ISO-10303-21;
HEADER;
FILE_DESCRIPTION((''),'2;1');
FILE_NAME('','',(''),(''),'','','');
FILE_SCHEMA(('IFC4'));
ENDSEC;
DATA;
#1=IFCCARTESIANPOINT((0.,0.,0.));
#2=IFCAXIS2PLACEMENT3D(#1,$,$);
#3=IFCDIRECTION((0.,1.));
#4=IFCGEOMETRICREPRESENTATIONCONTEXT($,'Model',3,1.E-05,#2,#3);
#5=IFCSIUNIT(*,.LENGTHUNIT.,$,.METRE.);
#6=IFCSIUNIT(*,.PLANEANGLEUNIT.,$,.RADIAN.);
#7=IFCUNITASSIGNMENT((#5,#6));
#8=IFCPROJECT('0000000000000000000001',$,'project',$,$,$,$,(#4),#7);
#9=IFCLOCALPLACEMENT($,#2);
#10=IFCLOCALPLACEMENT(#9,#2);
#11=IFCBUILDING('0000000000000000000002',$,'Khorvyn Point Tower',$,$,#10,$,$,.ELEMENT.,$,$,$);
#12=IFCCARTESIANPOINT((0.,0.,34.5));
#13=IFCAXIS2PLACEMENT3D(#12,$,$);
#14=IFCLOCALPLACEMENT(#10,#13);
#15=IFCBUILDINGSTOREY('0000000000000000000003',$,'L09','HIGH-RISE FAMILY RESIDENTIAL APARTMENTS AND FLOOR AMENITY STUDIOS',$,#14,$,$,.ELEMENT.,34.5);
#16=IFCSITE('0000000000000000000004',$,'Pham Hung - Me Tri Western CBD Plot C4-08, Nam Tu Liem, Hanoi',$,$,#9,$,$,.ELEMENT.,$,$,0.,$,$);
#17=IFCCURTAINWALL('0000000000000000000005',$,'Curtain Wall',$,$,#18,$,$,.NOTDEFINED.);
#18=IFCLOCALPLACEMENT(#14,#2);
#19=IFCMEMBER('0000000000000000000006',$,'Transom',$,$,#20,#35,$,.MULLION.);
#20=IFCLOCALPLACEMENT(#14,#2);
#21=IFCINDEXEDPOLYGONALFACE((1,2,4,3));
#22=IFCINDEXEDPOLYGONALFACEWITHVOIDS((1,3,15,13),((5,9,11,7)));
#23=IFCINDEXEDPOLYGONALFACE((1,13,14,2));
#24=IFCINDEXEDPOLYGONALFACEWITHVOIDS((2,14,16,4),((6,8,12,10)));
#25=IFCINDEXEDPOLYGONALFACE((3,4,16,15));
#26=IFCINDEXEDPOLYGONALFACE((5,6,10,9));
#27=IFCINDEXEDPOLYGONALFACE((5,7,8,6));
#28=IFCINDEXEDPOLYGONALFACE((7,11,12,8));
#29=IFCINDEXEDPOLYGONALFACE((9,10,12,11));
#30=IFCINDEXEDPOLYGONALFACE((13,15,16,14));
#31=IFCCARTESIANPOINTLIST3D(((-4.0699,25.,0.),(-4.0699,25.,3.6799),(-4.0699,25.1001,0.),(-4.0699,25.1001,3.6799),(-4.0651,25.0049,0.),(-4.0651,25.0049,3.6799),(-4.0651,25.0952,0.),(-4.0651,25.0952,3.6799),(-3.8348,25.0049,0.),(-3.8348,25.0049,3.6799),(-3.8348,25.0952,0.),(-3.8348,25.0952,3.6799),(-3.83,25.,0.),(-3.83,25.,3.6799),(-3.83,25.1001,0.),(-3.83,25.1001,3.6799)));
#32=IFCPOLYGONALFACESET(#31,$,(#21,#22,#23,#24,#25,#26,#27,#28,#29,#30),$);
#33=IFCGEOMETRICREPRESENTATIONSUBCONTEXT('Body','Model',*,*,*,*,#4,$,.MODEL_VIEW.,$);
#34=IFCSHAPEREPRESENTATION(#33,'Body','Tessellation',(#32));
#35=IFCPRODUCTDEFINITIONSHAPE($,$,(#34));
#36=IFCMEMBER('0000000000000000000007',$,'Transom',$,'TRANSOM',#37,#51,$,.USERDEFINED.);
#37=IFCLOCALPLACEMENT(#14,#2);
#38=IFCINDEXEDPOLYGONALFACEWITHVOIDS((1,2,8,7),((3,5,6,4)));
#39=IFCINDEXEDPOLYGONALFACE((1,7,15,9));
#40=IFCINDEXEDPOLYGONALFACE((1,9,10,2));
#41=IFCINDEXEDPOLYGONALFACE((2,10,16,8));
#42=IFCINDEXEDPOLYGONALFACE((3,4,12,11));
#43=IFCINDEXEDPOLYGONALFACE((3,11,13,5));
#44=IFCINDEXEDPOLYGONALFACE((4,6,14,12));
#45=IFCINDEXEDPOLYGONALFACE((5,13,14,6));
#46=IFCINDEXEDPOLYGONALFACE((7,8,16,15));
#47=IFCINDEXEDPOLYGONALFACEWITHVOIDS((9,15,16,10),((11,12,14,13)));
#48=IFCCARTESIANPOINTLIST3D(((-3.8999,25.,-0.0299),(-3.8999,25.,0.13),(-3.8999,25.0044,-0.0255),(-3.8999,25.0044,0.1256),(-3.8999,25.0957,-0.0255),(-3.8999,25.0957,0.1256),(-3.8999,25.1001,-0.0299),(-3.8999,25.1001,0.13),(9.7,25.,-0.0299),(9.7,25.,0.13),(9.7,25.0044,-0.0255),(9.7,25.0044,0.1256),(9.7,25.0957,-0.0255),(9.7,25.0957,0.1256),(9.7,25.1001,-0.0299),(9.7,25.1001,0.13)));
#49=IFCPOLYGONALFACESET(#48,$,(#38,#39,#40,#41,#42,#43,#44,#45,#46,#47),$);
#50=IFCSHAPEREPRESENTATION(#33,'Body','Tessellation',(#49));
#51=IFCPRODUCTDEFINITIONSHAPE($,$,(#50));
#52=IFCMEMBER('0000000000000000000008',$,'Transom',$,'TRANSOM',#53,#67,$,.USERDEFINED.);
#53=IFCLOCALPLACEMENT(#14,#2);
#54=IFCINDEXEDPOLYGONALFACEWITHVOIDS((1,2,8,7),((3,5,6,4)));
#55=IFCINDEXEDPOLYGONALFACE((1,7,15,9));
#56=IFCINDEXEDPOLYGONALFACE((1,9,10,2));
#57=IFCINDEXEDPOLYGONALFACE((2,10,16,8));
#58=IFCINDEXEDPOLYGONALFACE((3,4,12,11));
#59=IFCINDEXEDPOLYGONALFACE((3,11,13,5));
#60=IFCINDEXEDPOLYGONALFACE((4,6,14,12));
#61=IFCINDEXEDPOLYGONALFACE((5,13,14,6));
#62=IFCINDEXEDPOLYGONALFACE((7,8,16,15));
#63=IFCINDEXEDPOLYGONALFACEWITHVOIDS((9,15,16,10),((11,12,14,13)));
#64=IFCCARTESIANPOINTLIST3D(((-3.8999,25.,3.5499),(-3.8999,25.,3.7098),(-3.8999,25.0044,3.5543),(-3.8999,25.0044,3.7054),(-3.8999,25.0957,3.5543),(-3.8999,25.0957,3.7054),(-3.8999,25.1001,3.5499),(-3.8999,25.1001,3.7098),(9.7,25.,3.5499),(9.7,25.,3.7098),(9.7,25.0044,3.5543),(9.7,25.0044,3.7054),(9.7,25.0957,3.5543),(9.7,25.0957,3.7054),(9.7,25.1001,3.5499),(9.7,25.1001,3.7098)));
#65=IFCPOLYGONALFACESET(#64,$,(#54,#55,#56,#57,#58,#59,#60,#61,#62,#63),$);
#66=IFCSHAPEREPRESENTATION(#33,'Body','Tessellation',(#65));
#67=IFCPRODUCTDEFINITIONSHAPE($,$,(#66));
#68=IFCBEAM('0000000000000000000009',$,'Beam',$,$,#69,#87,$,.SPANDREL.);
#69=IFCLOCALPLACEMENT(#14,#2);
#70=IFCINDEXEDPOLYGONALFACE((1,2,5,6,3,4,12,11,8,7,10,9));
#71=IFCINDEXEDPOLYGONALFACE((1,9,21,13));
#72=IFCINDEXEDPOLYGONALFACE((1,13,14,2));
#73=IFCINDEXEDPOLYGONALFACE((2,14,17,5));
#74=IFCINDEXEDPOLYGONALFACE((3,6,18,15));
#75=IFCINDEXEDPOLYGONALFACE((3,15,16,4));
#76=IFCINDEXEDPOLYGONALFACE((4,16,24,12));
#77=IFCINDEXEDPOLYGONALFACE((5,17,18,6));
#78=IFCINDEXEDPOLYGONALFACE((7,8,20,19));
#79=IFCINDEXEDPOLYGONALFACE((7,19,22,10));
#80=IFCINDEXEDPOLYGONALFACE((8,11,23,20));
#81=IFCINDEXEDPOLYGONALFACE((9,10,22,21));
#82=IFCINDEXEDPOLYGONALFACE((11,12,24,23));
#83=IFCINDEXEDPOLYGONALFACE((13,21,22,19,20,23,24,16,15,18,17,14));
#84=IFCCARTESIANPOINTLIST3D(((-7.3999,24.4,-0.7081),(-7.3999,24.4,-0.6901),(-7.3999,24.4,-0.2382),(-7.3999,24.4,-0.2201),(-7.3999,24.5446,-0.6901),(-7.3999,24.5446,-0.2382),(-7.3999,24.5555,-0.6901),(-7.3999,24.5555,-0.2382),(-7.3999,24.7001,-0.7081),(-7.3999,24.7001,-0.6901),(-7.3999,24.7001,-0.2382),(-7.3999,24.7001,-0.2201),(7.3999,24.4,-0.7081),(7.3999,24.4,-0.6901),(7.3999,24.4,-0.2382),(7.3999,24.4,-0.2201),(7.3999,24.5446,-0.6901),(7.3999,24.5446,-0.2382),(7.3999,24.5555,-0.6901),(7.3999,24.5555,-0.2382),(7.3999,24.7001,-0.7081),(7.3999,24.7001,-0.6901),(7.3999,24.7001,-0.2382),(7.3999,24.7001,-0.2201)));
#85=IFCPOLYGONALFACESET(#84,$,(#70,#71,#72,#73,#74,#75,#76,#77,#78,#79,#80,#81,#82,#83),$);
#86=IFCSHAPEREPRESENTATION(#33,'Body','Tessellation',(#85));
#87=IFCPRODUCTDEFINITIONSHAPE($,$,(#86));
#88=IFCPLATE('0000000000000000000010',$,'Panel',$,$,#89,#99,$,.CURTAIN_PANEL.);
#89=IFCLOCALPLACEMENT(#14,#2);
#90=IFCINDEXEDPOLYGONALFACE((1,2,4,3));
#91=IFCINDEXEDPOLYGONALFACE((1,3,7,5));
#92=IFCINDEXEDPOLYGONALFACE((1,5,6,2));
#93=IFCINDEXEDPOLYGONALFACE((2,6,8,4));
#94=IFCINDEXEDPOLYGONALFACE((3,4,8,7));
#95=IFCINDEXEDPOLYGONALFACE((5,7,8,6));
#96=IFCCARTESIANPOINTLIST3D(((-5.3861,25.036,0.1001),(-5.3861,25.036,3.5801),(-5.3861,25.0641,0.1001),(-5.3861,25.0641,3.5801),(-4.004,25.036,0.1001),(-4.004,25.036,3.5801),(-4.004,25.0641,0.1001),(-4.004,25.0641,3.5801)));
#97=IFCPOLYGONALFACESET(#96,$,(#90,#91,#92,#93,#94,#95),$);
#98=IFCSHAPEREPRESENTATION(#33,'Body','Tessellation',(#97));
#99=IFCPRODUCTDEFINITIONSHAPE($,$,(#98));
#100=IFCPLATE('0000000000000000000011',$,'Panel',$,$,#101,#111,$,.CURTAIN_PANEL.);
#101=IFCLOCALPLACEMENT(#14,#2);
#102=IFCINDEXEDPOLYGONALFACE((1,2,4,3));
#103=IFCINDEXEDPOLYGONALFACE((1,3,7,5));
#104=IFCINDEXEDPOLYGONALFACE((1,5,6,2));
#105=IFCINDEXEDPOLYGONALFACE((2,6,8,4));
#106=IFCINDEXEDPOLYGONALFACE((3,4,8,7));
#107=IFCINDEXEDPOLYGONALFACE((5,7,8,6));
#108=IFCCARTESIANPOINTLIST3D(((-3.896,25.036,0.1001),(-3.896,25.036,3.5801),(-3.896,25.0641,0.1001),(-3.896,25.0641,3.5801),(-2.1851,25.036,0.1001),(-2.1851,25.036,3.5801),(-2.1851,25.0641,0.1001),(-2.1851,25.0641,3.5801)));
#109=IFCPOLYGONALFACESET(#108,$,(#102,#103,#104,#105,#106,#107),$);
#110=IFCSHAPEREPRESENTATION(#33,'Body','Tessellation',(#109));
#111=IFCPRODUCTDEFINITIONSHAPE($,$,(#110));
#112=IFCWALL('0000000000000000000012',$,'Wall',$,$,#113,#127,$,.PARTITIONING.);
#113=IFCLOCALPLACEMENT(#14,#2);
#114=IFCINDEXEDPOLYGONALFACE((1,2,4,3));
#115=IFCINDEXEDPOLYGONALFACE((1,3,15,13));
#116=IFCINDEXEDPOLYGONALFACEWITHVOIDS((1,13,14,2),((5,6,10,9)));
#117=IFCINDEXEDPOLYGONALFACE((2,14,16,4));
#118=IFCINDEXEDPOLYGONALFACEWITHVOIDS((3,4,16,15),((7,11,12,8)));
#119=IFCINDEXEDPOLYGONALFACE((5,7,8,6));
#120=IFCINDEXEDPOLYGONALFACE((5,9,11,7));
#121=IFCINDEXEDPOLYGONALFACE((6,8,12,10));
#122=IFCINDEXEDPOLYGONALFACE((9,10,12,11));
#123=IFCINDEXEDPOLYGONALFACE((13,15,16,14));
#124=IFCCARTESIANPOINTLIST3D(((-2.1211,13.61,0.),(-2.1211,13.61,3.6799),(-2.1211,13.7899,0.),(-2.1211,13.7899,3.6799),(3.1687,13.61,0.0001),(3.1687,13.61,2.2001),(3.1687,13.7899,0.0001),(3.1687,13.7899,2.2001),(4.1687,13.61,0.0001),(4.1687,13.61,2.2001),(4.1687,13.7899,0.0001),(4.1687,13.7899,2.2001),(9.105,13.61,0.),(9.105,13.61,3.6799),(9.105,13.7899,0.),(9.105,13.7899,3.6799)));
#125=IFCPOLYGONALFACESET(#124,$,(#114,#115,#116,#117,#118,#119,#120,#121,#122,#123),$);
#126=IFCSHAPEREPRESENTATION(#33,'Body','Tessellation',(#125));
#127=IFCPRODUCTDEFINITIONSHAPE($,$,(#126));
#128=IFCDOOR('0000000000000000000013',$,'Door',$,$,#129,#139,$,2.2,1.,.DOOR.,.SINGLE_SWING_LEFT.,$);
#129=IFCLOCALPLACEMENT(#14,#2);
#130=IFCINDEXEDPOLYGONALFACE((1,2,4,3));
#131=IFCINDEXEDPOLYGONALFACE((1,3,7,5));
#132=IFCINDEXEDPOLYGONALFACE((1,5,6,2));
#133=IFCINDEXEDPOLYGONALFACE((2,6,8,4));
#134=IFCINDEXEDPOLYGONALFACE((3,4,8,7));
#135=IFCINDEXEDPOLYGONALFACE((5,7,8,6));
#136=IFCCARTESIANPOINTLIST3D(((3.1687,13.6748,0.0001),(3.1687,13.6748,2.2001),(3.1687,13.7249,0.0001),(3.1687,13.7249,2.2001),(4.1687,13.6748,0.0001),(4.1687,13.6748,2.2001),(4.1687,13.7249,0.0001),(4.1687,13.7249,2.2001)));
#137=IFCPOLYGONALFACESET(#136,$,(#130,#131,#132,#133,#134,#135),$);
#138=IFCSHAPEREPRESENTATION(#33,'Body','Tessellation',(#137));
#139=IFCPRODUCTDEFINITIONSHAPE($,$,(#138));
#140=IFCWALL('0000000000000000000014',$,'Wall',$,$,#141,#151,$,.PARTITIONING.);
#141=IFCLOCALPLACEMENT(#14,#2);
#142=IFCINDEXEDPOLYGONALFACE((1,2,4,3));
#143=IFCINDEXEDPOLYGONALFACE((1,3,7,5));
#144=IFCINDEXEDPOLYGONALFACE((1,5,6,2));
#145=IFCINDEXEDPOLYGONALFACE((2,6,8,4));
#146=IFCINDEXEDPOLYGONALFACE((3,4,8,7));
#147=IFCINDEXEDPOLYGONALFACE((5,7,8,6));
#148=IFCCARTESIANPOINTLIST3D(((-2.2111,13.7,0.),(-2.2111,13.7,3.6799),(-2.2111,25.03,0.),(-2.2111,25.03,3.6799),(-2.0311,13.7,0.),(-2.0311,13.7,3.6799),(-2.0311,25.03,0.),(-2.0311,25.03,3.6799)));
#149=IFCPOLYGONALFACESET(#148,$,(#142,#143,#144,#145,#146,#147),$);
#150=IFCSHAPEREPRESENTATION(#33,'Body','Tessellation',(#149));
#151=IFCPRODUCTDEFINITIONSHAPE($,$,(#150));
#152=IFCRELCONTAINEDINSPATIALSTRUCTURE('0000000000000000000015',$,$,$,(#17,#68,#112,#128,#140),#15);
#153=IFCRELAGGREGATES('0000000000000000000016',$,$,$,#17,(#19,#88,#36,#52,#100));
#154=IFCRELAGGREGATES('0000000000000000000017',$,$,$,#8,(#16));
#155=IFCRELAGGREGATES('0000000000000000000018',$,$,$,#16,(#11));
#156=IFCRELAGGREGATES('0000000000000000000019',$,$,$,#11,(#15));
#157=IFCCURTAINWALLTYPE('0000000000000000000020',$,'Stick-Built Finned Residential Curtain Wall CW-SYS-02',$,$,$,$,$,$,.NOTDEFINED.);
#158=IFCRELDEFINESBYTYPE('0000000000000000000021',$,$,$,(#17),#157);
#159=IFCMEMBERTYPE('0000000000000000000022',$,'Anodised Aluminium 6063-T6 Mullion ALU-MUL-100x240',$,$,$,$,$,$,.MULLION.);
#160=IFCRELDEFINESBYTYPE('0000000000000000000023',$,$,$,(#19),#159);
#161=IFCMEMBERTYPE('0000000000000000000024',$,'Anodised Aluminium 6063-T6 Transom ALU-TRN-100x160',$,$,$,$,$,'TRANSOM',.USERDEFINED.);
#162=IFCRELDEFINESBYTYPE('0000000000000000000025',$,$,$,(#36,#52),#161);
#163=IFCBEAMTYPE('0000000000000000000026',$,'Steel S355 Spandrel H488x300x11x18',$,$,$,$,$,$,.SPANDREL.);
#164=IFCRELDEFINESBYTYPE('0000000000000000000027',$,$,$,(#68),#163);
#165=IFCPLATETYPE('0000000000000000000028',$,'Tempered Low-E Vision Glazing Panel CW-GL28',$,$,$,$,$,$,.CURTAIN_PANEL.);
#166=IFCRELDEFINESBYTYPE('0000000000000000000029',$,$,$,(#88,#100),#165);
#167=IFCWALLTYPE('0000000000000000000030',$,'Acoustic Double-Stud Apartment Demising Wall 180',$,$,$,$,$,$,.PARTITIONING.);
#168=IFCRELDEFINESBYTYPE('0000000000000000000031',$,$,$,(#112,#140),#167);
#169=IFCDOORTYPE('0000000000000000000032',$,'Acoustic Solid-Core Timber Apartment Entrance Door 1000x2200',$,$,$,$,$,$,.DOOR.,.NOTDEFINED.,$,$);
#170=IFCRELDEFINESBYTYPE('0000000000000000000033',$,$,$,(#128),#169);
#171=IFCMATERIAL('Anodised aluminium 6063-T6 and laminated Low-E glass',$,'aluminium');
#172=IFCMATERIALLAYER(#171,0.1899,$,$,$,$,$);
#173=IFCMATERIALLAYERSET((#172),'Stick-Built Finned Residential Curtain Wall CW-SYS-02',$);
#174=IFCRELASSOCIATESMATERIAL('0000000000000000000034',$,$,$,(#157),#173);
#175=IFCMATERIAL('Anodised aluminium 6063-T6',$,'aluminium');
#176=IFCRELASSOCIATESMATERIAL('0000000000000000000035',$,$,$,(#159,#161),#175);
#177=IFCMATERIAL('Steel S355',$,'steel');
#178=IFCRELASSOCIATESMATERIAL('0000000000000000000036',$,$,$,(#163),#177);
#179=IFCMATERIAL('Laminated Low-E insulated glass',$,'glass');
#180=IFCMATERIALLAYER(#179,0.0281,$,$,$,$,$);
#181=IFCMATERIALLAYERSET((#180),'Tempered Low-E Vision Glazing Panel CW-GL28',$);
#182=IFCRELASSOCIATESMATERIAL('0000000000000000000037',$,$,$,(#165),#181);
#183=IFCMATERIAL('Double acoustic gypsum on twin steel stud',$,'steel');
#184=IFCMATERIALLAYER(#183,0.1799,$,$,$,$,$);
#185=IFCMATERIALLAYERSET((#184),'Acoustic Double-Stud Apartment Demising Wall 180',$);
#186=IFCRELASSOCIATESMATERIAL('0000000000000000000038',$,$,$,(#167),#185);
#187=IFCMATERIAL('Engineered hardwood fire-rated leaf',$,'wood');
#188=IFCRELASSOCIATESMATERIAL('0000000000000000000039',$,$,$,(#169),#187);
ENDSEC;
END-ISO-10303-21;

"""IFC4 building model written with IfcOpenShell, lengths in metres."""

from ifc_helpers import new_model, si_unit, direction, frame, frame_2d, origin, origin_2d, place, context, subcontext, project, spatial, rectangle, hollow_rectangle, i_section, extrude, material, layer, layer_set, material_profile, profile_set, type_object, element, fill, aggregate, save


model = new_model("IFC4")

# Units and contexts
model_context = context("Model", 3, precision=1e-05, world=origin(), true_north=direction((0.0, 1.0)))
body_context = subcontext(model_context, "Body", "Model", "MODEL_VIEW")
ifc_project = project(units=[si_unit("LENGTHUNIT", "METRE"), si_unit("PLANEANGLEUNIT", "RADIAN")], contexts=[model_context])

# Site, building, storey
site_placement = place(None, origin())
site = spatial("IfcSite", under=ifc_project, at=site_placement, Name="Pham Hung - Me Tri Western CBD Plot C4-08, Nam Tu Liem, Hanoi", CompositionType="ELEMENT", RefElevation=0.0)
building_placement = place(site_placement, origin())
building = spatial("IfcBuilding", under=site, at=building_placement, Name="Khorvyn Point Tower", CompositionType="ELEMENT")
storey_placement = place(building_placement, frame((0.0, 0.0, 34.5)))
storey = spatial("IfcBuildingStorey", under=building, at=storey_placement, Name="L09", Description="HIGH-RISE FAMILY RESIDENTIAL APARTMENTS AND FLOOR AMENITY STUDIOS", CompositionType="ELEMENT", Elevation=34.5)

# Curtain wall, members
ifc_material_1 = material(Name="Anodised aluminium 6063-T6 and laminated Low-E glass", Category="aluminium")
ifc_layer_1 = layer(ifc_material_1, 0.1899)
ifc_layer_set_1 = layer_set([ifc_layer_1], Name="Stick-Built Finned Residential Curtain Wall CW-SYS-02")
curtain_wall_type = type_object("IfcCurtainWallType", Name="Stick-Built Finned Residential Curtain Wall CW-SYS-02", PredefinedType="NOTDEFINED", material=ifc_layer_set_1)
curtain_wall_placement = place(storey_placement, origin())
curtain_wall = element("IfcCurtainWall", 1, at=curtain_wall_placement, inside=storey, type_object=curtain_wall_type, Name="Curtain Wall", PredefinedType="NOTDEFINED")
ifc_material_2 = material(Name="Anodised aluminium 6063-T6", Category="aluminium")
ifc_material_profile_1 = material_profile(ifc_material_2, hollow_rectangle(XDim=0.1001, YDim=0.24, WallThickness=0.0049, at=origin_2d()))
ifc_profile_set_1 = profile_set([ifc_material_profile_1], Name="Anodised aluminium 6063-T6 ALU-MUL-100x240")
member_type_1 = type_object("IfcMemberType", Name="Anodised Aluminium 6063-T6 Mullion ALU-MUL-100x240", PredefinedType="MULLION", material=ifc_profile_set_1)
member_1_placement = place(storey_placement, frame((-3.95, 25.05, 0.0), z_axis=(0.0, 0.0, 1.0), x_axis=(0.0, 1.0, 0.0)))
member_1 = element("IfcMember", 2, at=member_1_placement, type_object=member_type_1, Name="Transom", PredefinedType="MULLION", context=body_context, shape_type="SweptSolid", body=[
    extrude(hollow_rectangle(XDim=0.1001, YDim=0.24, WallThickness=0.0049, at=origin_2d()), origin(), (0.0, 0.0, 1.0), 3.6799),
])
ifc_material_profile_2 = material_profile(ifc_material_2, hollow_rectangle(XDim=0.1001, YDim=0.1599, WallThickness=0.0044, at=origin_2d()))
ifc_profile_set_2 = profile_set([ifc_material_profile_2], Name="Anodised aluminium 6063-T6 ALU-TRN-100x160")
member_type_2 = type_object("IfcMemberType", Name="Anodised Aluminium 6063-T6 Transom ALU-TRN-100x160", ElementType="TRANSOM", PredefinedType="USERDEFINED", material=ifc_profile_set_2)
member_2_placement = place(storey_placement, frame((-3.8999, 25.05, 0.05), z_axis=(1.0, 0.0, 0.0), x_axis=(0.0, 1.0, 0.0)))
member_2 = element("IfcMember", 3, at=member_2_placement, type_object=member_type_2, Name="Transom", ObjectType="TRANSOM", PredefinedType="USERDEFINED", context=body_context, shape_type="SweptSolid", body=[
    extrude(hollow_rectangle(XDim=0.1001, YDim=0.1599, WallThickness=0.0044, at=origin_2d()), origin(), (0.0, 0.0, 1.0), 13.5999),
])
member_3_placement = place(storey_placement, frame((-3.8999, 25.05, 3.6299), z_axis=(1.0, 0.0, 0.0), x_axis=(0.0, 1.0, 0.0)))
member_3 = element("IfcMember", 4, at=member_3_placement, type_object=member_type_2, Name="Transom", ObjectType="TRANSOM", PredefinedType="USERDEFINED", context=body_context, shape_type="SweptSolid", body=[
    extrude(hollow_rectangle(XDim=0.1001, YDim=0.1599, WallThickness=0.0044, at=origin_2d()), origin(), (0.0, 0.0, 1.0), 13.5999),
])

# Beam
ifc_material_3 = material(Name="Steel S355", Category="steel")
ifc_material_profile_3 = material_profile(ifc_material_3, i_section(OverallWidth=0.3, OverallDepth=0.488, WebThickness=0.011, FlangeThickness=0.0181, at=origin_2d()))
ifc_profile_set_3 = profile_set([ifc_material_profile_3], Name="Steel S355 H488x300x11x18")
beam_type = type_object("IfcBeamType", Name="Steel S355 Spandrel H488x300x11x18", PredefinedType="SPANDREL", material=ifc_profile_set_3)
beam_placement = place(storey_placement, frame((-7.3999, 24.55, -0.4641), z_axis=(1.0, 0.0, 0.0), x_axis=(0.0, 1.0, 0.0)))
element("IfcBeam", 5, at=beam_placement, inside=storey, type_object=beam_type, Name="Beam", PredefinedType="SPANDREL", context=body_context, shape_type="SweptSolid", body=[
    extrude(i_section(OverallWidth=0.3, OverallDepth=0.488, WebThickness=0.011, FlangeThickness=0.0181, at=origin_2d()), origin(), (0.0, 0.0, 1.0), 14.7998),
])

# Plates
ifc_material_4 = material(Name="Laminated Low-E insulated glass", Category="glass")
ifc_layer_2 = layer(ifc_material_4, 0.0281)
ifc_layer_set_2 = layer_set([ifc_layer_2], Name="Tempered Low-E Vision Glazing Panel CW-GL28")
plate_type = type_object("IfcPlateType", Name="Tempered Low-E Vision Glazing Panel CW-GL28", PredefinedType="CURTAIN_PANEL", material=ifc_layer_set_2)
plate_1_placement = place(storey_placement, frame((-4.6951, 25.05, 0.1001), z_axis=(0.0, 0.0, 1.0), x_axis=(1.0, 0.0, 0.0)))
plate_1 = element("IfcPlate", 6, at=plate_1_placement, type_object=plate_type, Name="Panel", PredefinedType="CURTAIN_PANEL", context=body_context, shape_type="SweptSolid", body=[
    extrude(rectangle(XDim=1.3821, YDim=0.0281, at=origin_2d()), origin(), (0.0, 0.0, 1.0), 3.48),
])
plate_2_placement = place(storey_placement, frame((-3.0405, 25.05, 0.1001), z_axis=(0.0, 0.0, 1.0), x_axis=(1.0, 0.0, 0.0)))
plate_2 = element("IfcPlate", 7, at=plate_2_placement, type_object=plate_type, Name="Panel", PredefinedType="CURTAIN_PANEL", context=body_context, shape_type="SweptSolid", body=[
    extrude(rectangle(XDim=1.7109, YDim=0.0281, at=origin_2d()), origin(), (0.0, 0.0, 1.0), 3.48),
])
aggregate(curtain_wall, [member_1, plate_1, member_2, member_3, plate_2])

# Wall, opening, door
ifc_material_5 = material(Name="Double acoustic gypsum on twin steel stud", Category="steel")
ifc_layer_3 = layer(ifc_material_5, 0.1799)
ifc_layer_set_3 = layer_set([ifc_layer_3], Name="Acoustic Double-Stud Apartment Demising Wall 180")
wall_type_1 = type_object("IfcWallType", Name="Acoustic Double-Stud Apartment Demising Wall 180", PredefinedType="PARTITIONING", material=ifc_layer_set_3)
wall_1_placement = place(storey_placement, frame((-2.1211, 13.7, 0.0), z_axis=(0.0, 0.0, 1.0), x_axis=(1.0, 0.0, 0.0)))
wall_1 = element("IfcWall", 8, at=wall_1_placement, inside=storey, type_object=wall_type_1, Name="Wall", PredefinedType="PARTITIONING", context=body_context, shape_type="SweptSolid", body=[
    extrude(rectangle(XDim=11.2261, YDim=0.1799, at=frame_2d((5.613, 0.0))), origin(), (0.0, 0.0, 1.0), 3.6799),
])
opening_1_placement = place(wall_1_placement, frame((5.2898, 0.0, 0.0)))
opening_1 = element("IfcOpeningElement", 9, at=opening_1_placement, cuts=wall_1, PredefinedType="OPENING", context=body_context, shape_type="SweptSolid", body=[
    extrude(rectangle(XDim=1.0, YDim=2.2, at=frame_2d((0.5, 1.1001))), frame((0.0, 0.0999, 0.0), z_axis=(0.0, -1.0, 0.0), x_axis=(1.0, 0.0, 0.0)), (0.0, 0.0, 1.0), 0.2),
])
ifc_material_6 = material(Name="Engineered hardwood fire-rated leaf", Category="wood")
door_type_1 = type_object("IfcDoorType", Name="Acoustic Solid-Core Timber Apartment Entrance Door 1000x2200", OperationType="NOTDEFINED", PredefinedType="DOOR", material=ifc_material_6)
door_1_placement = place(opening_1_placement, origin())
door_1 = element("IfcDoor", 10, at=door_1_placement, inside=storey, type_object=door_type_1, Name="Door", OperationType="SINGLE_SWING_LEFT", OverallHeight=2.2, OverallWidth=1.0, PredefinedType="DOOR", context=body_context, shape_type="SweptSolid", body=[
    extrude(rectangle(XDim=1.0, YDim=2.2, at=frame_2d((0.5, 1.1001))), frame((0.0, 0.0249, 0.0), z_axis=(0.0, -1.0, 0.0), x_axis=(1.0, 0.0, 0.0)), (0.0, 0.0, 1.0), 0.05),
])
fill(opening_1, door_1)

# Wall
wall_2_placement = place(storey_placement, frame((-2.1211, 13.7, 0.0), z_axis=(0.0, 0.0, 1.0), x_axis=(0.0, 1.0, 0.0)))
element("IfcWall", 11, at=wall_2_placement, inside=storey, type_object=wall_type_1, Name="Wall", PredefinedType="PARTITIONING", context=body_context, shape_type="SweptSolid", body=[
    extrude(rectangle(XDim=11.3301, YDim=0.1799, at=frame_2d((5.665, 0.0))), origin(), (0.0, 0.0, 1.0), 3.6799),
])

save(model, "model.ifc")
